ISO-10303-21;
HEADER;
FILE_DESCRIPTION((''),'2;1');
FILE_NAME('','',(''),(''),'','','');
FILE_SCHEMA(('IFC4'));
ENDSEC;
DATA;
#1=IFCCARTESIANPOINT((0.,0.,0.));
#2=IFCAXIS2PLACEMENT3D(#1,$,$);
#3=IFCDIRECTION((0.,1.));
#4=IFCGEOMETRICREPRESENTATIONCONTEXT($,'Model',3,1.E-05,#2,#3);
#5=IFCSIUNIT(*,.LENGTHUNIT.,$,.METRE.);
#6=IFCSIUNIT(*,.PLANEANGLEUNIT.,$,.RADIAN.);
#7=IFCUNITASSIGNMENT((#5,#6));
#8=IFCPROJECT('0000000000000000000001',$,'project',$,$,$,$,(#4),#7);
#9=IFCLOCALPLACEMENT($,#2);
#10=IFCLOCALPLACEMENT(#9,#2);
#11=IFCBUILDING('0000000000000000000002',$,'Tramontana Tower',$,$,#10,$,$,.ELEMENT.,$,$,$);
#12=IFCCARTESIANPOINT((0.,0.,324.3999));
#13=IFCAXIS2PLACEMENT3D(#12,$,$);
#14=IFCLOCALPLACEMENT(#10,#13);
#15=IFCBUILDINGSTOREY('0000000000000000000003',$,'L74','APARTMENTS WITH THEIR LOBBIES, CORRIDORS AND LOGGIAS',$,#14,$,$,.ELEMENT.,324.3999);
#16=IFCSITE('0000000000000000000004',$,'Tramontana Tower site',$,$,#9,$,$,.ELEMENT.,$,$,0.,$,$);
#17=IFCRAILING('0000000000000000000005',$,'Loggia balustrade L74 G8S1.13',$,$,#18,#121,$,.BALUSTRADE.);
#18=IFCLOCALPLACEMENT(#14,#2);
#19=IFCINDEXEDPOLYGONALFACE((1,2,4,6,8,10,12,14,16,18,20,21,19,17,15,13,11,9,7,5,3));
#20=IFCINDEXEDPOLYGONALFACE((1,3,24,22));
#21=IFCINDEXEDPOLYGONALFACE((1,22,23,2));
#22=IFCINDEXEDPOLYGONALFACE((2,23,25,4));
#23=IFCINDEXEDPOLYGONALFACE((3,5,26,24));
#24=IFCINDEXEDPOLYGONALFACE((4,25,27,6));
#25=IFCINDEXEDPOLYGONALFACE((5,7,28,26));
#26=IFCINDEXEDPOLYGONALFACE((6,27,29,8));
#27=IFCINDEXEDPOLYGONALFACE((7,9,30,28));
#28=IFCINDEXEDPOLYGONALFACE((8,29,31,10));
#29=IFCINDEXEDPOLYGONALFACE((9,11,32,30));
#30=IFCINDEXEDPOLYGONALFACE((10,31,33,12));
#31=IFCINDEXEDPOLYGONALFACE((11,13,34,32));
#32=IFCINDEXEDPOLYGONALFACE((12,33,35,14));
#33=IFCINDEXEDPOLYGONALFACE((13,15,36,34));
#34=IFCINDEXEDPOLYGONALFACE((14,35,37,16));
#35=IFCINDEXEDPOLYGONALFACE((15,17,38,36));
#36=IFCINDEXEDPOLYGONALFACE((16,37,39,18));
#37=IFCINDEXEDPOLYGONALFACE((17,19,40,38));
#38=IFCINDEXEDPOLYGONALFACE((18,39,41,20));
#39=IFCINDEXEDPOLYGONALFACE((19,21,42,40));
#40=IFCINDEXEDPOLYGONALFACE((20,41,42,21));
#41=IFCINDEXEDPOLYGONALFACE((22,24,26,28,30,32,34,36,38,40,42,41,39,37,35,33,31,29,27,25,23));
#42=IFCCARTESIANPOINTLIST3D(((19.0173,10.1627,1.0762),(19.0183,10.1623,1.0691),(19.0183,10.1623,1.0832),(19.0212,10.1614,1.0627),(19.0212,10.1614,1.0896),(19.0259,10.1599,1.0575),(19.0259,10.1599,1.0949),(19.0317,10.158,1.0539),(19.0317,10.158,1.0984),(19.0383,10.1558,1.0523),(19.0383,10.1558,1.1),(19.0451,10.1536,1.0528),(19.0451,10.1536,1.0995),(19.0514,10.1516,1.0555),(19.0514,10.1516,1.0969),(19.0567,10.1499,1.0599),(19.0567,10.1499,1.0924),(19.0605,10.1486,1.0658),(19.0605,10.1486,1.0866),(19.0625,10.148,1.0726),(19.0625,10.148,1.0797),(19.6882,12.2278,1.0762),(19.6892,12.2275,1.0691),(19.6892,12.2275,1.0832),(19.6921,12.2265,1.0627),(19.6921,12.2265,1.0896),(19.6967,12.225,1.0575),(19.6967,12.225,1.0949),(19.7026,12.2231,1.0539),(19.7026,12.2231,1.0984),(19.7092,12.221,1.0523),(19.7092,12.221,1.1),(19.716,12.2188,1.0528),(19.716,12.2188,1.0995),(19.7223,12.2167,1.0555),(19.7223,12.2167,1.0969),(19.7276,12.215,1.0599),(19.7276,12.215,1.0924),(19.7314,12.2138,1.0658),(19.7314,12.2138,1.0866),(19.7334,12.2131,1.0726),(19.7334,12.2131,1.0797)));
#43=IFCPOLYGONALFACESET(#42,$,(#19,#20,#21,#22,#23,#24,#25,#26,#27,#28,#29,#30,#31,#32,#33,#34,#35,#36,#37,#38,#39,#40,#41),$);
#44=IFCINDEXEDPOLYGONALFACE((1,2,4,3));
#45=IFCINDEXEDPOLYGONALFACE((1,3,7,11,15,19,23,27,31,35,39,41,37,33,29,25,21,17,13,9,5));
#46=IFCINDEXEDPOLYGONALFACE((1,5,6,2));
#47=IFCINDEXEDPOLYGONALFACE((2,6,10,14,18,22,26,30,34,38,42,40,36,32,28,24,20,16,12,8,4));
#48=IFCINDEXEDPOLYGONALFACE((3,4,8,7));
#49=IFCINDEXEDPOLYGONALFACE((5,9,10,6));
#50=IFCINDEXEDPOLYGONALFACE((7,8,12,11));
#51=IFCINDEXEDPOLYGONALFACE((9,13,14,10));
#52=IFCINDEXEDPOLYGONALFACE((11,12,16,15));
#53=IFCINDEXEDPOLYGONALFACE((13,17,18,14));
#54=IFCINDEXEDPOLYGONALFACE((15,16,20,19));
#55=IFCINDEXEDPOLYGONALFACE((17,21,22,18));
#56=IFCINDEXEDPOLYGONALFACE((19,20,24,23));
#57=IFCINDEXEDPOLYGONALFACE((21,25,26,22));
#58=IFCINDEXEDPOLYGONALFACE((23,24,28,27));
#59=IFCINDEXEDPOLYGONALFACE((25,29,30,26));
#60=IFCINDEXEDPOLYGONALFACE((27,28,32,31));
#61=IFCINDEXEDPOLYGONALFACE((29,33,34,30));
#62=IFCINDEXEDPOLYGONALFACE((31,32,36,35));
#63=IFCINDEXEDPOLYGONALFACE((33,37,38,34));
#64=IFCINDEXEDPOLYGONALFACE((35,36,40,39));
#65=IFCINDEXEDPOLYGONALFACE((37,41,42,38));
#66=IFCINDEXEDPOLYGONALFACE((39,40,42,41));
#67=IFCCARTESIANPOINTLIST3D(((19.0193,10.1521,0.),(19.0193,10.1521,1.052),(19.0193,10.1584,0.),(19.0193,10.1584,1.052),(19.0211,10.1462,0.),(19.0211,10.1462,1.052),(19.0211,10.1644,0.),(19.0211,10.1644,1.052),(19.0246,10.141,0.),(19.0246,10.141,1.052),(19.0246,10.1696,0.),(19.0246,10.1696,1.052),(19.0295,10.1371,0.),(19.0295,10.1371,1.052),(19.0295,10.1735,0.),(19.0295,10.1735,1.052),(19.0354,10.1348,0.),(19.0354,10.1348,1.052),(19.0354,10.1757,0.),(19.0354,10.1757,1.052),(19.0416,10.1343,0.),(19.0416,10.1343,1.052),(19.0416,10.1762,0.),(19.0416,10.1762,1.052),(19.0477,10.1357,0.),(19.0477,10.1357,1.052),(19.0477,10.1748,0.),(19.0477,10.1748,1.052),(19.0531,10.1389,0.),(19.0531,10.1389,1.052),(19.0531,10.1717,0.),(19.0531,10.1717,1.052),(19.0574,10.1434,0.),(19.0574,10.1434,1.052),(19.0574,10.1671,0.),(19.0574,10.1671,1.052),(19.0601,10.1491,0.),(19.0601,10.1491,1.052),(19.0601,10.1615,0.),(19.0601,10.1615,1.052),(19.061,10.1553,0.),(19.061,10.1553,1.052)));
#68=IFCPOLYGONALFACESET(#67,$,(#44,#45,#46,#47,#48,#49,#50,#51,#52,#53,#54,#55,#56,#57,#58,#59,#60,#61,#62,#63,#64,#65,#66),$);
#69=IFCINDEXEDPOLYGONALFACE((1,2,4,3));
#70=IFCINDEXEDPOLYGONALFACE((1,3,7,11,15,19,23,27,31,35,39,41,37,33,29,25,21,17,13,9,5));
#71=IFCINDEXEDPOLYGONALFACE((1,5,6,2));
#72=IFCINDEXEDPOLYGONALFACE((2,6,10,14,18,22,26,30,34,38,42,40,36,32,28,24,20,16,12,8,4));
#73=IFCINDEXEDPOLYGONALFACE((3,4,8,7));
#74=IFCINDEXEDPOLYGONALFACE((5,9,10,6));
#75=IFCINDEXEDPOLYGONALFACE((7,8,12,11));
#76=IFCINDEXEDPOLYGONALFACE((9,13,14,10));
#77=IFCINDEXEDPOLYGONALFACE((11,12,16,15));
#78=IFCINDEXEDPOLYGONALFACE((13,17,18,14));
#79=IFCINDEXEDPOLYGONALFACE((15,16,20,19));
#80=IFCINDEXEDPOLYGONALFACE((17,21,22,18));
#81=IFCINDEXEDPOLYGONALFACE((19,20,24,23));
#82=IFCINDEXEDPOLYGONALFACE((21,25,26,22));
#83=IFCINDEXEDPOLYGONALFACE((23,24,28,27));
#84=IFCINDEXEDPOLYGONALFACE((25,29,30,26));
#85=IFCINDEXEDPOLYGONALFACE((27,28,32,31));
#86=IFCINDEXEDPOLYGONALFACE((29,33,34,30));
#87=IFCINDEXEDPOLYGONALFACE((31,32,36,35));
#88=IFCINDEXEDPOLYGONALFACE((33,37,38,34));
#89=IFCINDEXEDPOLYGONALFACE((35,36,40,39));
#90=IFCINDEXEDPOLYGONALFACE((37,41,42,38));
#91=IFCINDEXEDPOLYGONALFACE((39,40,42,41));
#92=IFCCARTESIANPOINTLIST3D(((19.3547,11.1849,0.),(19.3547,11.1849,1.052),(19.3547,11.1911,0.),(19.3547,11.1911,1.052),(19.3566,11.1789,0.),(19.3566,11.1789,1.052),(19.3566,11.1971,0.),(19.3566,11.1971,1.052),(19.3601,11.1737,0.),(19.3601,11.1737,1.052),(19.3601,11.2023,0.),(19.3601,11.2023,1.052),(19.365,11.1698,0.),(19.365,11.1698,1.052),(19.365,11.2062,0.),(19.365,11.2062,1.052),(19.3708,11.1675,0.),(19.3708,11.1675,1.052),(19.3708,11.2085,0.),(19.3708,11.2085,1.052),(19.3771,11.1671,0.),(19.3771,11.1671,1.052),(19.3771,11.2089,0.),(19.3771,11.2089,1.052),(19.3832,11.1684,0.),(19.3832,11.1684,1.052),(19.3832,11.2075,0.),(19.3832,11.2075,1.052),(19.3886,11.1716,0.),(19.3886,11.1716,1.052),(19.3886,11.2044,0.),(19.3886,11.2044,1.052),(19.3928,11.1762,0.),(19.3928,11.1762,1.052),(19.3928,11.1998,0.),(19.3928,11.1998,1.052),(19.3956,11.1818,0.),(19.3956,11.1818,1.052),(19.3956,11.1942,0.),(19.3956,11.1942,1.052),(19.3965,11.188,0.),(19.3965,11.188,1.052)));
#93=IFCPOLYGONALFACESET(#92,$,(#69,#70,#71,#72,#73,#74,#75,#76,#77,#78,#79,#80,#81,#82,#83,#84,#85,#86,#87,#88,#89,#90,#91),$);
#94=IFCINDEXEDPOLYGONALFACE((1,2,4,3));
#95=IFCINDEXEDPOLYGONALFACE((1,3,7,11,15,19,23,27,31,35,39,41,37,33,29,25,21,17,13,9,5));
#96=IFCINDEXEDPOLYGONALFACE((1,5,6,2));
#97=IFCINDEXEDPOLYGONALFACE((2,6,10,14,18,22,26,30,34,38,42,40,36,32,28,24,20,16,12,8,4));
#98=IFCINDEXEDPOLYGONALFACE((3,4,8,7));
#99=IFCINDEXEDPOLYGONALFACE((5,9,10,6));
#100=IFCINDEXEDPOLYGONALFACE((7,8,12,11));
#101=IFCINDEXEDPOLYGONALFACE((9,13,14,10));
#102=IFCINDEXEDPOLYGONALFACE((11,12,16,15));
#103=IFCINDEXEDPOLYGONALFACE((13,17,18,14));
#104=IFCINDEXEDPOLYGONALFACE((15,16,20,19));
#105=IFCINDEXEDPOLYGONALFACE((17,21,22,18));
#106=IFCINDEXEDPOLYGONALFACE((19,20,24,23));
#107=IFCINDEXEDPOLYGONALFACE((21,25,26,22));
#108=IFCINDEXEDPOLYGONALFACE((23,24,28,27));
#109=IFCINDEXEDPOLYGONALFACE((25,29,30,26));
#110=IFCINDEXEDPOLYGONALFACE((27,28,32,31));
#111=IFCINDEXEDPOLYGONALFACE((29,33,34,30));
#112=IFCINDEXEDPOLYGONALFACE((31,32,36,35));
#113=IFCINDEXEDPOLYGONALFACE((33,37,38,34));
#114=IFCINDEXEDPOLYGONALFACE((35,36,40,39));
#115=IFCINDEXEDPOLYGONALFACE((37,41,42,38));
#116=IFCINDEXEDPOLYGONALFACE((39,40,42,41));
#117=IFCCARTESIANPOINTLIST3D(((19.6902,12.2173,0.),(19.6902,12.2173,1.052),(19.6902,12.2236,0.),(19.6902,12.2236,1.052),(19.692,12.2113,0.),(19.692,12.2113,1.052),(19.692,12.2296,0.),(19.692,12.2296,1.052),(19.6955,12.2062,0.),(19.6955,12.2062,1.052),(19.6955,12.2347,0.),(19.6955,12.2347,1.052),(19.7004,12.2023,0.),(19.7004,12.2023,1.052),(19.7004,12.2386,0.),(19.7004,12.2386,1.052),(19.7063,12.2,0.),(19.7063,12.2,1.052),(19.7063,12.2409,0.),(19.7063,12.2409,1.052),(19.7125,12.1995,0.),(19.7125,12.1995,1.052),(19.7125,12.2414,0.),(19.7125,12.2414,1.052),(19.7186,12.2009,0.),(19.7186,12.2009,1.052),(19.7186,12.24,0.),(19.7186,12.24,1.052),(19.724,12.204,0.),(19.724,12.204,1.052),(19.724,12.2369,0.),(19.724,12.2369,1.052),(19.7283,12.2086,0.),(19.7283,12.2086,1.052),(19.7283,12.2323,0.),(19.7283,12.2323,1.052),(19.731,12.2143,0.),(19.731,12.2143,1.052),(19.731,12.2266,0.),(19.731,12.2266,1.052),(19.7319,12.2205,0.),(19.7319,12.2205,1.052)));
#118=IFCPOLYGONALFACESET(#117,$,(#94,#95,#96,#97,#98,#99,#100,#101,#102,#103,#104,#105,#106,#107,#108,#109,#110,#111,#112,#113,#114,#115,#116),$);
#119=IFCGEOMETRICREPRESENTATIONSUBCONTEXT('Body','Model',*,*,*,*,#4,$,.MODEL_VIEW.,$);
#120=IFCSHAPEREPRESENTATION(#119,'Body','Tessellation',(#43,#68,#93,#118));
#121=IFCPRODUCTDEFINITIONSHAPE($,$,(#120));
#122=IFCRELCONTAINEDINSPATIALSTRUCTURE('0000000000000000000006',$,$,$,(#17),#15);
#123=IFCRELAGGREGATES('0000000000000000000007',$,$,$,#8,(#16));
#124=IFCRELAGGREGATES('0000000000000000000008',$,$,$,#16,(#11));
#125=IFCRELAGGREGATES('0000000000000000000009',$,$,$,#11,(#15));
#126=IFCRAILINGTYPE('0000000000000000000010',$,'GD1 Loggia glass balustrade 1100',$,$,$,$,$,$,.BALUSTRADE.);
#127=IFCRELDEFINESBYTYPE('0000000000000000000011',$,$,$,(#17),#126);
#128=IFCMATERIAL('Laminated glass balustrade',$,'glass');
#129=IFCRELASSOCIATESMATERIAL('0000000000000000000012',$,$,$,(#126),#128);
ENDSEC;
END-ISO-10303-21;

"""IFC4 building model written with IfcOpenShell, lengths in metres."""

from ifc_helpers import new_model, si_unit, direction, frame, origin, origin_2d, place, context, subcontext, project, spatial, circle, extrude, material, type_object, element, save


model = new_model("IFC4")

# Units and contexts
model_context = context("Model", 3, precision=1e-05, world=origin(), true_north=direction((0.0, 1.0)))
body_context = subcontext(model_context, "Body", "Model", "MODEL_VIEW")
ifc_project = project(units=[si_unit("LENGTHUNIT", "METRE"), si_unit("PLANEANGLEUNIT", "RADIAN")], contexts=[model_context])

# Site, building, storey
site_placement = place(None, origin())
site = spatial("IfcSite", under=ifc_project, at=site_placement, Name="Tramontana Tower site", CompositionType="ELEMENT", RefElevation=0.0)
building_placement = place(site_placement, origin())
building = spatial("IfcBuilding", under=site, at=building_placement, Name="Tramontana Tower", CompositionType="ELEMENT")
storey_placement = place(building_placement, frame((0.0, 0.0, 324.3999)))
storey = spatial("IfcBuildingStorey", under=building, at=storey_placement, Name="L74", Description="APARTMENTS WITH THEIR LOBBIES, CORRIDORS AND LOGGIAS", CompositionType="ELEMENT", Elevation=324.3999)

# Railing
ifc_material_1 = material(Name="Laminated glass balustrade", Category="glass")
railing_type = type_object("IfcRailingType", Name="GD1 Loggia glass balustrade 1100", PredefinedType="BALUSTRADE", material=ifc_material_1)
railing_1_placement = place(storey_placement, frame((19.04, 10.1553, 0.0)))
element("IfcRailing", 1, at=railing_1_placement, inside=storey, type_object=railing_type, Name="Loggia balustrade L74 G8S1.13", PredefinedType="BALUSTRADE", context=body_context, shape_type="SweptSolid", body=[
    extrude(circle(Radius=0.0239, at=origin_2d()), frame((0.0, 0.0, 1.0762), z_axis=(0.308967, 0.951073, 0.0), x_axis=(-0.951073, 0.308967, 0.0)), (0.0, 0.0, 1.0), 2.1714),
    extrude(circle(Radius=0.021, at=origin_2d()), origin(), (0.0, 0.0, 1.0), 1.052),
    extrude(circle(Radius=0.021, at=origin_2d()), frame((0.3354, 1.0327, 0.0)), (0.0, 0.0, 1.0), 1.052),
    extrude(circle(Radius=0.021, at=origin_2d()), frame((0.6709, 2.0652, 0.0)), (0.0, 0.0, 1.0), 1.052),
])

save(model, "model.ifc")
